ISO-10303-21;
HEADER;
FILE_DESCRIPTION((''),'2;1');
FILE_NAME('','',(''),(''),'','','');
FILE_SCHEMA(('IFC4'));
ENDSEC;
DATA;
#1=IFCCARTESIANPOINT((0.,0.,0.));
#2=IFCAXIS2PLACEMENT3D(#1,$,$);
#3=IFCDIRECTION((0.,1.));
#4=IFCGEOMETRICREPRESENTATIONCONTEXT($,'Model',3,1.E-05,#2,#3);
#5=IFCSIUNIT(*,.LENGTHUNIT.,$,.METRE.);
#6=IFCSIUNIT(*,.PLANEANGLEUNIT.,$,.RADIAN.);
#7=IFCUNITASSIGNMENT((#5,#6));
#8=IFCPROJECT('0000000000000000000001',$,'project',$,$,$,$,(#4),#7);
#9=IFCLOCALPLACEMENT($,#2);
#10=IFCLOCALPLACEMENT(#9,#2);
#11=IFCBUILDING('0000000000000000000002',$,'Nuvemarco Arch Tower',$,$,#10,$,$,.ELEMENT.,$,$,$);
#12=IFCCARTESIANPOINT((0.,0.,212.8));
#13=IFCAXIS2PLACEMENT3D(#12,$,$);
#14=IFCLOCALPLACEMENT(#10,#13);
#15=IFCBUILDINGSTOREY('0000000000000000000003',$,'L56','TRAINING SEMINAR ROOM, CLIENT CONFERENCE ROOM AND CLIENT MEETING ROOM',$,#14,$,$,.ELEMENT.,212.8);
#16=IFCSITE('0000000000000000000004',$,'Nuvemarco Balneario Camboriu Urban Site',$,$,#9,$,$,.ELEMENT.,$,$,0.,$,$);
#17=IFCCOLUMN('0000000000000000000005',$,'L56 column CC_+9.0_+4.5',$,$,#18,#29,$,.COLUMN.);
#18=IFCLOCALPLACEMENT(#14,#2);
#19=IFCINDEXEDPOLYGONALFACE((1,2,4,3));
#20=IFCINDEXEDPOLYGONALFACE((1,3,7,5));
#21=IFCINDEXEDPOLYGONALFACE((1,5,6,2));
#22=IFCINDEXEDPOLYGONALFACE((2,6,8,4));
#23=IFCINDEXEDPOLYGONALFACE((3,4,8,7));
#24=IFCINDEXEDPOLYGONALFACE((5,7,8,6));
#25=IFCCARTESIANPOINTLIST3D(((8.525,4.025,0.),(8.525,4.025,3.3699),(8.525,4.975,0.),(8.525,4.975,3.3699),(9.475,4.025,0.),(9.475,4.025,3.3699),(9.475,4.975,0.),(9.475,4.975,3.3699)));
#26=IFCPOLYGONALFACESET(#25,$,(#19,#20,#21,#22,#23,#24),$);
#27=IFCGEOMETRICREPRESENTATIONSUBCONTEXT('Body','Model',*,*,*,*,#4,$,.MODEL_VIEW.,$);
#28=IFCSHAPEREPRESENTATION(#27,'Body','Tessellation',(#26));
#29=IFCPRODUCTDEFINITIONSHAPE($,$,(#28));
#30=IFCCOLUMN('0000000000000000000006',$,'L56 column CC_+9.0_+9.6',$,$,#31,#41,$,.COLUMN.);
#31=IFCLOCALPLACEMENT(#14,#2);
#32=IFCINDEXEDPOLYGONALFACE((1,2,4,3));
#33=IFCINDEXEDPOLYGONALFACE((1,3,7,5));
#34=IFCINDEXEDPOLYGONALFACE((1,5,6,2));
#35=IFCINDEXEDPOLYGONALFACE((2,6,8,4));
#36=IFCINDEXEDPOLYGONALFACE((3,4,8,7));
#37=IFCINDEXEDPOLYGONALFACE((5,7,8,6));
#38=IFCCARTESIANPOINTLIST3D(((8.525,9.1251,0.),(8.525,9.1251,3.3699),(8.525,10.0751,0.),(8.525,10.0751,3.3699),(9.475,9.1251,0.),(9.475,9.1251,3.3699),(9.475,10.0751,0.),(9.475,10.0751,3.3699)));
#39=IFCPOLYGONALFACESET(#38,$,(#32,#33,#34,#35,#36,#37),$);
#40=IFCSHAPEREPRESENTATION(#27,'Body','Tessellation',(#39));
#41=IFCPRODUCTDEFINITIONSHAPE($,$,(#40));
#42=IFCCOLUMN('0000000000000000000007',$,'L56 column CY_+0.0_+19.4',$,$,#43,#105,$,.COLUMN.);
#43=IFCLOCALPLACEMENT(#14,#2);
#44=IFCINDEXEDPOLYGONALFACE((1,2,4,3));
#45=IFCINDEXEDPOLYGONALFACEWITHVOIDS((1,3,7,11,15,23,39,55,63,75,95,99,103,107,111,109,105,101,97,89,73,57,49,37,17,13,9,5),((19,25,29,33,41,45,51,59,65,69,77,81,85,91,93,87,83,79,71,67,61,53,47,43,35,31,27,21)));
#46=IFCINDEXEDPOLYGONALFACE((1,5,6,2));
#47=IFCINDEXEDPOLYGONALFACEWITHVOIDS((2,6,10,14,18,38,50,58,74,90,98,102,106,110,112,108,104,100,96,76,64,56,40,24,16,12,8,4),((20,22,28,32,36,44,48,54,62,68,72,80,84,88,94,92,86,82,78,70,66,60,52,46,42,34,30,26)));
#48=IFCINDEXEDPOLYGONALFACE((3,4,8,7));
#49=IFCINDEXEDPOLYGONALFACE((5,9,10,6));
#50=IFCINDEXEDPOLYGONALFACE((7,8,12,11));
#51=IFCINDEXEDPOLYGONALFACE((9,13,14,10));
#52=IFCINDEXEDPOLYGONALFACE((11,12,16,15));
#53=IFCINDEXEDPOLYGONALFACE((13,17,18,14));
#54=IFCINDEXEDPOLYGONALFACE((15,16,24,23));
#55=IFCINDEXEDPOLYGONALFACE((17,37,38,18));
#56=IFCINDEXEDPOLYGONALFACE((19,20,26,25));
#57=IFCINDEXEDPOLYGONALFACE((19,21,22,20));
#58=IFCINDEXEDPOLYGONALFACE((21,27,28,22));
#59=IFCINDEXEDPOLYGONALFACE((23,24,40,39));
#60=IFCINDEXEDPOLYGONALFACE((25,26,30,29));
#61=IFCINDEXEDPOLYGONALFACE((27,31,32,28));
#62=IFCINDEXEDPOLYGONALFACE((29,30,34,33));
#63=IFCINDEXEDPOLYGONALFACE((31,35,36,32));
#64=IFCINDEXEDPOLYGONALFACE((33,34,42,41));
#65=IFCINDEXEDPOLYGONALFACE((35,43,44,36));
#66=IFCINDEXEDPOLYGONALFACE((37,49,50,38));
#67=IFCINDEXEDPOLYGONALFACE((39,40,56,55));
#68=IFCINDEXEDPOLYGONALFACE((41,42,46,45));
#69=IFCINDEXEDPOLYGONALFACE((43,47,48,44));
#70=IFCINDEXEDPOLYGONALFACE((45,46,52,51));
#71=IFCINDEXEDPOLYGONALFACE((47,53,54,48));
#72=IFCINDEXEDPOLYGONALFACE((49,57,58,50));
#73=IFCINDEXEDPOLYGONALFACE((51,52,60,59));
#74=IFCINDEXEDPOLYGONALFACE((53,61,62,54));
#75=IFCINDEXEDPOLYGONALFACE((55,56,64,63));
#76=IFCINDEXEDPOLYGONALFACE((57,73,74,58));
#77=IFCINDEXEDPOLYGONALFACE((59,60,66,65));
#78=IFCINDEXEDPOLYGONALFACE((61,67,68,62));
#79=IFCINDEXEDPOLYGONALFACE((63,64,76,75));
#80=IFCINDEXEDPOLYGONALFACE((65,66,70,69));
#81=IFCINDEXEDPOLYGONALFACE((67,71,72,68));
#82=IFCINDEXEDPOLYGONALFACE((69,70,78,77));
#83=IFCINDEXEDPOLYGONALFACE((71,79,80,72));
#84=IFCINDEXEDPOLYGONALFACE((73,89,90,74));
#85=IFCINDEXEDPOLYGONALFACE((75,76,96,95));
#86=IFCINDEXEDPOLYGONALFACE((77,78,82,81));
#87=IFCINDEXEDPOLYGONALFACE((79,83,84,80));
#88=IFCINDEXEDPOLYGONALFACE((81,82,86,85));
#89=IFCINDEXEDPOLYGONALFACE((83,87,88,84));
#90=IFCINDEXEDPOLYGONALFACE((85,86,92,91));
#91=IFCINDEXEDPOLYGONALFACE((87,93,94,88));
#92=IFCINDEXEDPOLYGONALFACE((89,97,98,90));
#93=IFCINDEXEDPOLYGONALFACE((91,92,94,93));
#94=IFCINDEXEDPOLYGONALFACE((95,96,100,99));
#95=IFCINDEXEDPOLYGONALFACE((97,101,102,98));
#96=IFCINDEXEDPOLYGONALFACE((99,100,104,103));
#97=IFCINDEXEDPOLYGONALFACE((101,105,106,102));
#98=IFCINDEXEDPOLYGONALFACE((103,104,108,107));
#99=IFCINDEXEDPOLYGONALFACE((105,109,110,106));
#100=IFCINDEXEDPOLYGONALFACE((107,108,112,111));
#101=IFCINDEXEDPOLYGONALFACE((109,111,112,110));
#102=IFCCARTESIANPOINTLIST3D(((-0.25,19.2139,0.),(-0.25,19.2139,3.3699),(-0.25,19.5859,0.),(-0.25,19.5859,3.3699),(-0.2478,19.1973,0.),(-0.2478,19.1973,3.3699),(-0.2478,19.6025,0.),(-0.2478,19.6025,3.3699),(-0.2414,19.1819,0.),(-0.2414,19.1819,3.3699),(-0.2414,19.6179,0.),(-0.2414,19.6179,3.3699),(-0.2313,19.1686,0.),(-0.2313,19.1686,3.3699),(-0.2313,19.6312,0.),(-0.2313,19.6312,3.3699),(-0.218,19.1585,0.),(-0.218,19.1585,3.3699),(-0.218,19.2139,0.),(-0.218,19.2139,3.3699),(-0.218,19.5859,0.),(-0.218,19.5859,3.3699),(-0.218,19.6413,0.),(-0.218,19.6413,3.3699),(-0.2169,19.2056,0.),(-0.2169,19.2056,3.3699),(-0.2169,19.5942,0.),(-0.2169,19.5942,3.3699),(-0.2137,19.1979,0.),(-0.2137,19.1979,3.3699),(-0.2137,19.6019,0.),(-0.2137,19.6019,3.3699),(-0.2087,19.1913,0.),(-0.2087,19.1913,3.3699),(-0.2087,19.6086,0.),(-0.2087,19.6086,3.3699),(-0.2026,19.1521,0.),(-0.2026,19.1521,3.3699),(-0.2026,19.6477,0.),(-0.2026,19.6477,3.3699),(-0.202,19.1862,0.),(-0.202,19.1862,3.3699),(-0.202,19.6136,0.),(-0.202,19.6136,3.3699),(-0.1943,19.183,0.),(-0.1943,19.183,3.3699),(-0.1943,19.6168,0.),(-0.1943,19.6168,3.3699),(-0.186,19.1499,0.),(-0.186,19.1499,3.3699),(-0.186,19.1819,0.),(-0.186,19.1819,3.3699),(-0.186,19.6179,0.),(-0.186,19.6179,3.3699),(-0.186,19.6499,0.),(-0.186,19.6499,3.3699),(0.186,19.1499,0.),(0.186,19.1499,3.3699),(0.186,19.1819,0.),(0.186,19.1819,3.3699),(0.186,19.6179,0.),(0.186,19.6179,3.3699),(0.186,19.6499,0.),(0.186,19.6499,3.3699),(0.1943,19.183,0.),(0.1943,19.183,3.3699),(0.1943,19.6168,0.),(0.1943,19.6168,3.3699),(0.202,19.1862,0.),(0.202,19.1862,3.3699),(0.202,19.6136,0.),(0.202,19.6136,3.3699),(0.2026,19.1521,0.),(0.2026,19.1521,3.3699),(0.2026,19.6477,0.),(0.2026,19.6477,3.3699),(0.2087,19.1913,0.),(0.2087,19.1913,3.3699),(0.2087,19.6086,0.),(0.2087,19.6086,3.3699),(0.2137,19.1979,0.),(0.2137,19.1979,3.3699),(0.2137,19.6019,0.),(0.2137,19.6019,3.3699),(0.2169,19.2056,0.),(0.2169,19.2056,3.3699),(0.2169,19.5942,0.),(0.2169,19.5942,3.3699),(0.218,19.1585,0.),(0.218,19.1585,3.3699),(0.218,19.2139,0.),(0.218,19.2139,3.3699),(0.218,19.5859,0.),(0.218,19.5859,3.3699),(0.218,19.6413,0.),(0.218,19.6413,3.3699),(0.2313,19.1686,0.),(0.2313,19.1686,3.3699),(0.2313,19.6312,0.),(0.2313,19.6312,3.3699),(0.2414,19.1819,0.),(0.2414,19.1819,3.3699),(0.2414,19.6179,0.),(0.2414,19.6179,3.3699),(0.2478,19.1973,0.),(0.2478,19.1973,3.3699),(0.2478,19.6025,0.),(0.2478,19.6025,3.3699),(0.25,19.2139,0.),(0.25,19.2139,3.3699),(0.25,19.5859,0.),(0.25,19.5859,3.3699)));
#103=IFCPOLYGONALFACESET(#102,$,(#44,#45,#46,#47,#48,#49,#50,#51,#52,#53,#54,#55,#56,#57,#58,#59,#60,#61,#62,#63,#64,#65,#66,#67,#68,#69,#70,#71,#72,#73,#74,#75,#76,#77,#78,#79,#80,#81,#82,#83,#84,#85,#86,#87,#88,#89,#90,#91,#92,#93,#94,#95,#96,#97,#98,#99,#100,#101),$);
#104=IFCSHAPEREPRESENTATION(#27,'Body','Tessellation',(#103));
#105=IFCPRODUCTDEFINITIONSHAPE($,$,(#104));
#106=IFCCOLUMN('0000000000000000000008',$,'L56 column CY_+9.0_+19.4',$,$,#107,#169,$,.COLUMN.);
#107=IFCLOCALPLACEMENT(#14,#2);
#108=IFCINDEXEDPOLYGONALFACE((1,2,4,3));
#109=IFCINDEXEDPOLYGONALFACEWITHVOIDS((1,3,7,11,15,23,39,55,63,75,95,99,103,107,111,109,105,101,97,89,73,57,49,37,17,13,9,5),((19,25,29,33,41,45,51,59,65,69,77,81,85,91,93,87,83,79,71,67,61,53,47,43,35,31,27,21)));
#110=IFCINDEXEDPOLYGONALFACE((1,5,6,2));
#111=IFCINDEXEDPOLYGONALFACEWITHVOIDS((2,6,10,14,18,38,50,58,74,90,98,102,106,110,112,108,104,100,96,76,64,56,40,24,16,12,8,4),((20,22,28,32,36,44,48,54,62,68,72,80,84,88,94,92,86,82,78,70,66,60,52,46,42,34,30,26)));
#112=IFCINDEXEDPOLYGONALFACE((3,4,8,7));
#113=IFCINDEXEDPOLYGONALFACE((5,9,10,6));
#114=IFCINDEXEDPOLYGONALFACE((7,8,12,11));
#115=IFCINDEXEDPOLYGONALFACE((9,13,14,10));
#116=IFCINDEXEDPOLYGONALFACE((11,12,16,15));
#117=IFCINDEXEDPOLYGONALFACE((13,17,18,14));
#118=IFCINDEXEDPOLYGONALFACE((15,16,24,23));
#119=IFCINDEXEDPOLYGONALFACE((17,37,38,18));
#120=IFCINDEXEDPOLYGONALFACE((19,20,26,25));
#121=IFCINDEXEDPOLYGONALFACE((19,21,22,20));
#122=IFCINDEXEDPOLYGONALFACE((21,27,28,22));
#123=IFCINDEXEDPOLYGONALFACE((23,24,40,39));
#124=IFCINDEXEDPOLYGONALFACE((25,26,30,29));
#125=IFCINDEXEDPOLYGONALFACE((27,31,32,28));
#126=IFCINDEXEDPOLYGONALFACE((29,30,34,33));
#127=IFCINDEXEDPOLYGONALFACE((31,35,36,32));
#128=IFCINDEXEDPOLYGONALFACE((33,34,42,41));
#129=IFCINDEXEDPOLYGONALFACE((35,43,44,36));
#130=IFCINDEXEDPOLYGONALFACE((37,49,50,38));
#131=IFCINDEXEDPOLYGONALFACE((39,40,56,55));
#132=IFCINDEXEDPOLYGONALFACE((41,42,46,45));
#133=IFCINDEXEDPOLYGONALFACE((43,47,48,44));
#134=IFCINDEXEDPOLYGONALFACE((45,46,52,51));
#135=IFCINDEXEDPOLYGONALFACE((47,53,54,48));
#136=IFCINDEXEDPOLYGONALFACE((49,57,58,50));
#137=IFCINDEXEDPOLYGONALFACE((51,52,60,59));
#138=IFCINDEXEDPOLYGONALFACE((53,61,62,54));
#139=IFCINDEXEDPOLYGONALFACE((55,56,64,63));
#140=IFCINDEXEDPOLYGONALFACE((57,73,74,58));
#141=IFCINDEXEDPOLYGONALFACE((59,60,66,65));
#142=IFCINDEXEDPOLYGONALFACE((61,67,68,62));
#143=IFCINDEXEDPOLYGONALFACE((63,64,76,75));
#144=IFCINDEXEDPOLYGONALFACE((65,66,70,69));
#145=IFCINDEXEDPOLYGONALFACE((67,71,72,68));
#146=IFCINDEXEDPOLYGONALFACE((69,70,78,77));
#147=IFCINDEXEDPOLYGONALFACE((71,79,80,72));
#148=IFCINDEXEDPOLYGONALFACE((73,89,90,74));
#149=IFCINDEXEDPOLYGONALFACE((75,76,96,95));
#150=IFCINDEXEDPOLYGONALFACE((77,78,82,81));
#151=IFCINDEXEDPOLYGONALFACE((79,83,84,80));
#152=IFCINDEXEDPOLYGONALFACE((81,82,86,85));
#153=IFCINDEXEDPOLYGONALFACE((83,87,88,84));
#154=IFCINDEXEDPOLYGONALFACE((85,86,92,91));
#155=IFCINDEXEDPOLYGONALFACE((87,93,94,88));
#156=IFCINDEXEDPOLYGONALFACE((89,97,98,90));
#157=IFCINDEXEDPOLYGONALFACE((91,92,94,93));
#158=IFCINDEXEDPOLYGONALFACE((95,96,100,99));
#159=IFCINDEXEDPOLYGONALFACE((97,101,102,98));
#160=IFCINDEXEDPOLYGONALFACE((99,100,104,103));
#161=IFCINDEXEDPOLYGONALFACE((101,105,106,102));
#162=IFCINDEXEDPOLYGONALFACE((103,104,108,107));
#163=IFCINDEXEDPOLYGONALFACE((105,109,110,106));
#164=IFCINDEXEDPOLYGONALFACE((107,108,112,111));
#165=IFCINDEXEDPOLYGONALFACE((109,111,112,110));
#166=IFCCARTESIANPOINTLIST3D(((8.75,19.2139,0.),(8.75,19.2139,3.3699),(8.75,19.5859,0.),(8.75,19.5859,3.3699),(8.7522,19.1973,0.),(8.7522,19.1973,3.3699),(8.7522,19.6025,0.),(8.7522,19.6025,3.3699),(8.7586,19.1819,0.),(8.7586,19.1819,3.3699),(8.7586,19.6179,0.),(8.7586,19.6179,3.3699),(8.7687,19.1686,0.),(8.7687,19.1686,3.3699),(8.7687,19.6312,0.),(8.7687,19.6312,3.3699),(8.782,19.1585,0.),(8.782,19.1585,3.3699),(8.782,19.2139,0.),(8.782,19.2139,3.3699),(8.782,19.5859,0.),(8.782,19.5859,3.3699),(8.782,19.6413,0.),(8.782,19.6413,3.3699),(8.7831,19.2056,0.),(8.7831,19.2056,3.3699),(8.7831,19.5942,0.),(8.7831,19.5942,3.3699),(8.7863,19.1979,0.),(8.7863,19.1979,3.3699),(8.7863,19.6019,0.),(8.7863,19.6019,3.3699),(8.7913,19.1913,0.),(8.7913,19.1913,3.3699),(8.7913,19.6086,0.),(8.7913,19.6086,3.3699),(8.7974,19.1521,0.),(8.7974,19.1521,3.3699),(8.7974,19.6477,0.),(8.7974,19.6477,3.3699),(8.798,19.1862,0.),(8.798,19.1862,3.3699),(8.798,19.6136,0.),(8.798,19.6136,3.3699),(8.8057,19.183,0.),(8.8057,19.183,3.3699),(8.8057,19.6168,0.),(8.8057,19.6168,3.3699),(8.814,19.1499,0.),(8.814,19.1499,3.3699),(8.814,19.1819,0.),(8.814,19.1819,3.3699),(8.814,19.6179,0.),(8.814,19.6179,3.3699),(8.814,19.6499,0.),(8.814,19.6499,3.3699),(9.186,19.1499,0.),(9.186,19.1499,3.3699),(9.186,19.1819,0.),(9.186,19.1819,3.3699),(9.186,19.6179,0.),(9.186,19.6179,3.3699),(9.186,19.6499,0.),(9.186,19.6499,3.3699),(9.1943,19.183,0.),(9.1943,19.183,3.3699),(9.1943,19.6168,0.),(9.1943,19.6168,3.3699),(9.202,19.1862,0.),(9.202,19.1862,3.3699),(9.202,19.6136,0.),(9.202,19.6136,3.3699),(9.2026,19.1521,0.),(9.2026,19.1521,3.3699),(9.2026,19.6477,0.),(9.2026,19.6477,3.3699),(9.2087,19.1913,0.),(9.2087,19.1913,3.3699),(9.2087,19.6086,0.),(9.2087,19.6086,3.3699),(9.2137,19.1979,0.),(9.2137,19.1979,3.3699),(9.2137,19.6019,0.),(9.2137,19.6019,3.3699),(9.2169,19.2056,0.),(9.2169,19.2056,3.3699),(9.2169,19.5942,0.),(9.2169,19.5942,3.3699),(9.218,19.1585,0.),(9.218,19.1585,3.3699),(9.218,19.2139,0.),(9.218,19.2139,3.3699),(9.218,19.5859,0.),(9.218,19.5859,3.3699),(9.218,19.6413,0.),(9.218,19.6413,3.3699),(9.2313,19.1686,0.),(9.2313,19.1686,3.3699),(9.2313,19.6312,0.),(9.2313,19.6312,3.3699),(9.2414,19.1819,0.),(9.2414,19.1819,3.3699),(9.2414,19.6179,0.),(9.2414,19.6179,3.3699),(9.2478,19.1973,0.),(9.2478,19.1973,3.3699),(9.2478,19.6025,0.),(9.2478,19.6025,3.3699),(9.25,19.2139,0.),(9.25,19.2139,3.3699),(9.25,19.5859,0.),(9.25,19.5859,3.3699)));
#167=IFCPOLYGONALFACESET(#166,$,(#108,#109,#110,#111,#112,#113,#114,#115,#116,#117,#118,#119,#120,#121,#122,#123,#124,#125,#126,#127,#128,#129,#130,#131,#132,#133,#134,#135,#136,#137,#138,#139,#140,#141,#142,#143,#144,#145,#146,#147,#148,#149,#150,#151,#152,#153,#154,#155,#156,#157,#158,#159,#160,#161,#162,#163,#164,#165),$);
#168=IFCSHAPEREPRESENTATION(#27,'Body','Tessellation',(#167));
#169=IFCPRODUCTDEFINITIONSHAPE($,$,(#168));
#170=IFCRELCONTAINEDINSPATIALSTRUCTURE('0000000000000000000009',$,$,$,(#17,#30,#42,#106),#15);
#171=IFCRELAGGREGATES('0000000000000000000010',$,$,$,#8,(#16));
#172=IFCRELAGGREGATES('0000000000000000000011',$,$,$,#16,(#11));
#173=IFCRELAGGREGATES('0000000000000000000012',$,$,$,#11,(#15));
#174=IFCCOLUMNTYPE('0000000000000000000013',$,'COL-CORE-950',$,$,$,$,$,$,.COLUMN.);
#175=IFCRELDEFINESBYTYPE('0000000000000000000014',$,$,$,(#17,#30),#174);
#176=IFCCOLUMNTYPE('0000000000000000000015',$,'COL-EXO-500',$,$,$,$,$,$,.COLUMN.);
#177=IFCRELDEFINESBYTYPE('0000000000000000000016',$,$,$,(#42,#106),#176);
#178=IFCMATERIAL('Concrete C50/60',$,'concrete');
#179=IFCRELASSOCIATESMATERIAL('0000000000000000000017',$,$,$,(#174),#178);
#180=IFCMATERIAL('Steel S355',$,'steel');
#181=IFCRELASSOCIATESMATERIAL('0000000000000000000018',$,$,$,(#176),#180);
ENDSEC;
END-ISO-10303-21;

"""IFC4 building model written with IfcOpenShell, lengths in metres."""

from ifc_helpers import new_model, si_unit, direction, frame, origin, origin_2d, place, context, subcontext, project, spatial, rectangle, hollow_rectangle, extrude, material, material_profile, profile_set, type_object, element, save


model = new_model("IFC4")

# Units and contexts
model_context = context("Model", 3, precision=1e-05, world=origin(), true_north=direction((0.0, 1.0)))
body_context = subcontext(model_context, "Body", "Model", "MODEL_VIEW")
ifc_project = project(units=[si_unit("LENGTHUNIT", "METRE"), si_unit("PLANEANGLEUNIT", "RADIAN")], contexts=[model_context])

# Site, building, storey
site_placement = place(None, origin())
site = spatial("IfcSite", under=ifc_project, at=site_placement, Name="Nuvemarco Balneario Camboriu Urban Site", CompositionType="ELEMENT", RefElevation=0.0)
building_placement = place(site_placement, origin())
building = spatial("IfcBuilding", under=site, at=building_placement, Name="Nuvemarco Arch Tower", CompositionType="ELEMENT")
storey_placement = place(building_placement, frame((0.0, 0.0, 212.8)))
storey = spatial("IfcBuildingStorey", under=building, at=storey_placement, Name="L56", Description="TRAINING SEMINAR ROOM, CLIENT CONFERENCE ROOM AND CLIENT MEETING ROOM", CompositionType="ELEMENT", Elevation=212.8)

# Columns
ifc_material_1 = material(Name="Concrete C50/60", Category="concrete")
ifc_material_profile_1 = material_profile(ifc_material_1, rectangle(XDim=0.95, YDim=0.95, at=origin_2d()), Name="RC-COL-950x950")
ifc_profile_set_1 = profile_set([ifc_material_profile_1], Name="Concrete C50/60")
column_type_1 = type_object("IfcColumnType", Name="COL-CORE-950", PredefinedType="COLUMN", material=ifc_profile_set_1)
for number, where, z_axis, x_axis, name in (
    (1, (9.0, 4.5, 0.0), (0.0, 0.0, 1.0), (1.0, 0.0, 0.0), "L56 column CC_+9.0_+4.5"),
    (2, (9.0, 9.6001, 0.0), (0.0, 0.0, 1.0), (1.0, 0.0, 0.0), "L56 column CC_+9.0_+9.6"),
):
    element("IfcColumn", number, at=place(storey_placement, frame(where, z_axis=z_axis, x_axis=x_axis)), inside=storey, type_object=column_type_1, Name=name, PredefinedType="COLUMN", context=body_context, shape_type="SweptSolid", body=[
        extrude(rectangle(XDim=0.95, YDim=0.95, at=origin_2d()), origin(), (0.0, 0.0, 1.0), 3.3699),
    ])
ifc_material_2 = material(Name="Steel S355", Category="steel")
ifc_material_profile_2 = material_profile(ifc_material_2, hollow_rectangle(XDim=0.5, YDim=0.5, WallThickness=0.032, InnerFilletRadius=0.032, OuterFilletRadius=0.064, at=origin_2d()), Name="SHS500x500x32")
ifc_profile_set_2 = profile_set([ifc_material_profile_2], Name="Steel S355")
column_type_2 = type_object("IfcColumnType", Name="COL-EXO-500", PredefinedType="COLUMN", material=ifc_profile_set_2)
for number, where, z_axis, x_axis, name in (
    (3, (0.0, 19.3999, 0.0), (0.0, 0.0, 1.0), (1.0, 0.0, 0.0), "L56 column CY_+0.0_+19.4"),
    (4, (9.0, 19.3999, 0.0), (0.0, 0.0, 1.0), (1.0, 0.0, 0.0), "L56 column CY_+9.0_+19.4"),
):
    element("IfcColumn", number, at=place(storey_placement, frame(where, z_axis=z_axis, x_axis=x_axis)), inside=storey, type_object=column_type_2, Name=name, PredefinedType="COLUMN", context=body_context, shape_type="SweptSolid", body=[
        extrude(hollow_rectangle(XDim=0.5, YDim=0.5, WallThickness=0.032, InnerFilletRadius=0.032, OuterFilletRadius=0.064, at=origin_2d()), origin(), (0.0, 0.0, 1.0), 3.3699),
    ])

save(model, "model.ifc")
